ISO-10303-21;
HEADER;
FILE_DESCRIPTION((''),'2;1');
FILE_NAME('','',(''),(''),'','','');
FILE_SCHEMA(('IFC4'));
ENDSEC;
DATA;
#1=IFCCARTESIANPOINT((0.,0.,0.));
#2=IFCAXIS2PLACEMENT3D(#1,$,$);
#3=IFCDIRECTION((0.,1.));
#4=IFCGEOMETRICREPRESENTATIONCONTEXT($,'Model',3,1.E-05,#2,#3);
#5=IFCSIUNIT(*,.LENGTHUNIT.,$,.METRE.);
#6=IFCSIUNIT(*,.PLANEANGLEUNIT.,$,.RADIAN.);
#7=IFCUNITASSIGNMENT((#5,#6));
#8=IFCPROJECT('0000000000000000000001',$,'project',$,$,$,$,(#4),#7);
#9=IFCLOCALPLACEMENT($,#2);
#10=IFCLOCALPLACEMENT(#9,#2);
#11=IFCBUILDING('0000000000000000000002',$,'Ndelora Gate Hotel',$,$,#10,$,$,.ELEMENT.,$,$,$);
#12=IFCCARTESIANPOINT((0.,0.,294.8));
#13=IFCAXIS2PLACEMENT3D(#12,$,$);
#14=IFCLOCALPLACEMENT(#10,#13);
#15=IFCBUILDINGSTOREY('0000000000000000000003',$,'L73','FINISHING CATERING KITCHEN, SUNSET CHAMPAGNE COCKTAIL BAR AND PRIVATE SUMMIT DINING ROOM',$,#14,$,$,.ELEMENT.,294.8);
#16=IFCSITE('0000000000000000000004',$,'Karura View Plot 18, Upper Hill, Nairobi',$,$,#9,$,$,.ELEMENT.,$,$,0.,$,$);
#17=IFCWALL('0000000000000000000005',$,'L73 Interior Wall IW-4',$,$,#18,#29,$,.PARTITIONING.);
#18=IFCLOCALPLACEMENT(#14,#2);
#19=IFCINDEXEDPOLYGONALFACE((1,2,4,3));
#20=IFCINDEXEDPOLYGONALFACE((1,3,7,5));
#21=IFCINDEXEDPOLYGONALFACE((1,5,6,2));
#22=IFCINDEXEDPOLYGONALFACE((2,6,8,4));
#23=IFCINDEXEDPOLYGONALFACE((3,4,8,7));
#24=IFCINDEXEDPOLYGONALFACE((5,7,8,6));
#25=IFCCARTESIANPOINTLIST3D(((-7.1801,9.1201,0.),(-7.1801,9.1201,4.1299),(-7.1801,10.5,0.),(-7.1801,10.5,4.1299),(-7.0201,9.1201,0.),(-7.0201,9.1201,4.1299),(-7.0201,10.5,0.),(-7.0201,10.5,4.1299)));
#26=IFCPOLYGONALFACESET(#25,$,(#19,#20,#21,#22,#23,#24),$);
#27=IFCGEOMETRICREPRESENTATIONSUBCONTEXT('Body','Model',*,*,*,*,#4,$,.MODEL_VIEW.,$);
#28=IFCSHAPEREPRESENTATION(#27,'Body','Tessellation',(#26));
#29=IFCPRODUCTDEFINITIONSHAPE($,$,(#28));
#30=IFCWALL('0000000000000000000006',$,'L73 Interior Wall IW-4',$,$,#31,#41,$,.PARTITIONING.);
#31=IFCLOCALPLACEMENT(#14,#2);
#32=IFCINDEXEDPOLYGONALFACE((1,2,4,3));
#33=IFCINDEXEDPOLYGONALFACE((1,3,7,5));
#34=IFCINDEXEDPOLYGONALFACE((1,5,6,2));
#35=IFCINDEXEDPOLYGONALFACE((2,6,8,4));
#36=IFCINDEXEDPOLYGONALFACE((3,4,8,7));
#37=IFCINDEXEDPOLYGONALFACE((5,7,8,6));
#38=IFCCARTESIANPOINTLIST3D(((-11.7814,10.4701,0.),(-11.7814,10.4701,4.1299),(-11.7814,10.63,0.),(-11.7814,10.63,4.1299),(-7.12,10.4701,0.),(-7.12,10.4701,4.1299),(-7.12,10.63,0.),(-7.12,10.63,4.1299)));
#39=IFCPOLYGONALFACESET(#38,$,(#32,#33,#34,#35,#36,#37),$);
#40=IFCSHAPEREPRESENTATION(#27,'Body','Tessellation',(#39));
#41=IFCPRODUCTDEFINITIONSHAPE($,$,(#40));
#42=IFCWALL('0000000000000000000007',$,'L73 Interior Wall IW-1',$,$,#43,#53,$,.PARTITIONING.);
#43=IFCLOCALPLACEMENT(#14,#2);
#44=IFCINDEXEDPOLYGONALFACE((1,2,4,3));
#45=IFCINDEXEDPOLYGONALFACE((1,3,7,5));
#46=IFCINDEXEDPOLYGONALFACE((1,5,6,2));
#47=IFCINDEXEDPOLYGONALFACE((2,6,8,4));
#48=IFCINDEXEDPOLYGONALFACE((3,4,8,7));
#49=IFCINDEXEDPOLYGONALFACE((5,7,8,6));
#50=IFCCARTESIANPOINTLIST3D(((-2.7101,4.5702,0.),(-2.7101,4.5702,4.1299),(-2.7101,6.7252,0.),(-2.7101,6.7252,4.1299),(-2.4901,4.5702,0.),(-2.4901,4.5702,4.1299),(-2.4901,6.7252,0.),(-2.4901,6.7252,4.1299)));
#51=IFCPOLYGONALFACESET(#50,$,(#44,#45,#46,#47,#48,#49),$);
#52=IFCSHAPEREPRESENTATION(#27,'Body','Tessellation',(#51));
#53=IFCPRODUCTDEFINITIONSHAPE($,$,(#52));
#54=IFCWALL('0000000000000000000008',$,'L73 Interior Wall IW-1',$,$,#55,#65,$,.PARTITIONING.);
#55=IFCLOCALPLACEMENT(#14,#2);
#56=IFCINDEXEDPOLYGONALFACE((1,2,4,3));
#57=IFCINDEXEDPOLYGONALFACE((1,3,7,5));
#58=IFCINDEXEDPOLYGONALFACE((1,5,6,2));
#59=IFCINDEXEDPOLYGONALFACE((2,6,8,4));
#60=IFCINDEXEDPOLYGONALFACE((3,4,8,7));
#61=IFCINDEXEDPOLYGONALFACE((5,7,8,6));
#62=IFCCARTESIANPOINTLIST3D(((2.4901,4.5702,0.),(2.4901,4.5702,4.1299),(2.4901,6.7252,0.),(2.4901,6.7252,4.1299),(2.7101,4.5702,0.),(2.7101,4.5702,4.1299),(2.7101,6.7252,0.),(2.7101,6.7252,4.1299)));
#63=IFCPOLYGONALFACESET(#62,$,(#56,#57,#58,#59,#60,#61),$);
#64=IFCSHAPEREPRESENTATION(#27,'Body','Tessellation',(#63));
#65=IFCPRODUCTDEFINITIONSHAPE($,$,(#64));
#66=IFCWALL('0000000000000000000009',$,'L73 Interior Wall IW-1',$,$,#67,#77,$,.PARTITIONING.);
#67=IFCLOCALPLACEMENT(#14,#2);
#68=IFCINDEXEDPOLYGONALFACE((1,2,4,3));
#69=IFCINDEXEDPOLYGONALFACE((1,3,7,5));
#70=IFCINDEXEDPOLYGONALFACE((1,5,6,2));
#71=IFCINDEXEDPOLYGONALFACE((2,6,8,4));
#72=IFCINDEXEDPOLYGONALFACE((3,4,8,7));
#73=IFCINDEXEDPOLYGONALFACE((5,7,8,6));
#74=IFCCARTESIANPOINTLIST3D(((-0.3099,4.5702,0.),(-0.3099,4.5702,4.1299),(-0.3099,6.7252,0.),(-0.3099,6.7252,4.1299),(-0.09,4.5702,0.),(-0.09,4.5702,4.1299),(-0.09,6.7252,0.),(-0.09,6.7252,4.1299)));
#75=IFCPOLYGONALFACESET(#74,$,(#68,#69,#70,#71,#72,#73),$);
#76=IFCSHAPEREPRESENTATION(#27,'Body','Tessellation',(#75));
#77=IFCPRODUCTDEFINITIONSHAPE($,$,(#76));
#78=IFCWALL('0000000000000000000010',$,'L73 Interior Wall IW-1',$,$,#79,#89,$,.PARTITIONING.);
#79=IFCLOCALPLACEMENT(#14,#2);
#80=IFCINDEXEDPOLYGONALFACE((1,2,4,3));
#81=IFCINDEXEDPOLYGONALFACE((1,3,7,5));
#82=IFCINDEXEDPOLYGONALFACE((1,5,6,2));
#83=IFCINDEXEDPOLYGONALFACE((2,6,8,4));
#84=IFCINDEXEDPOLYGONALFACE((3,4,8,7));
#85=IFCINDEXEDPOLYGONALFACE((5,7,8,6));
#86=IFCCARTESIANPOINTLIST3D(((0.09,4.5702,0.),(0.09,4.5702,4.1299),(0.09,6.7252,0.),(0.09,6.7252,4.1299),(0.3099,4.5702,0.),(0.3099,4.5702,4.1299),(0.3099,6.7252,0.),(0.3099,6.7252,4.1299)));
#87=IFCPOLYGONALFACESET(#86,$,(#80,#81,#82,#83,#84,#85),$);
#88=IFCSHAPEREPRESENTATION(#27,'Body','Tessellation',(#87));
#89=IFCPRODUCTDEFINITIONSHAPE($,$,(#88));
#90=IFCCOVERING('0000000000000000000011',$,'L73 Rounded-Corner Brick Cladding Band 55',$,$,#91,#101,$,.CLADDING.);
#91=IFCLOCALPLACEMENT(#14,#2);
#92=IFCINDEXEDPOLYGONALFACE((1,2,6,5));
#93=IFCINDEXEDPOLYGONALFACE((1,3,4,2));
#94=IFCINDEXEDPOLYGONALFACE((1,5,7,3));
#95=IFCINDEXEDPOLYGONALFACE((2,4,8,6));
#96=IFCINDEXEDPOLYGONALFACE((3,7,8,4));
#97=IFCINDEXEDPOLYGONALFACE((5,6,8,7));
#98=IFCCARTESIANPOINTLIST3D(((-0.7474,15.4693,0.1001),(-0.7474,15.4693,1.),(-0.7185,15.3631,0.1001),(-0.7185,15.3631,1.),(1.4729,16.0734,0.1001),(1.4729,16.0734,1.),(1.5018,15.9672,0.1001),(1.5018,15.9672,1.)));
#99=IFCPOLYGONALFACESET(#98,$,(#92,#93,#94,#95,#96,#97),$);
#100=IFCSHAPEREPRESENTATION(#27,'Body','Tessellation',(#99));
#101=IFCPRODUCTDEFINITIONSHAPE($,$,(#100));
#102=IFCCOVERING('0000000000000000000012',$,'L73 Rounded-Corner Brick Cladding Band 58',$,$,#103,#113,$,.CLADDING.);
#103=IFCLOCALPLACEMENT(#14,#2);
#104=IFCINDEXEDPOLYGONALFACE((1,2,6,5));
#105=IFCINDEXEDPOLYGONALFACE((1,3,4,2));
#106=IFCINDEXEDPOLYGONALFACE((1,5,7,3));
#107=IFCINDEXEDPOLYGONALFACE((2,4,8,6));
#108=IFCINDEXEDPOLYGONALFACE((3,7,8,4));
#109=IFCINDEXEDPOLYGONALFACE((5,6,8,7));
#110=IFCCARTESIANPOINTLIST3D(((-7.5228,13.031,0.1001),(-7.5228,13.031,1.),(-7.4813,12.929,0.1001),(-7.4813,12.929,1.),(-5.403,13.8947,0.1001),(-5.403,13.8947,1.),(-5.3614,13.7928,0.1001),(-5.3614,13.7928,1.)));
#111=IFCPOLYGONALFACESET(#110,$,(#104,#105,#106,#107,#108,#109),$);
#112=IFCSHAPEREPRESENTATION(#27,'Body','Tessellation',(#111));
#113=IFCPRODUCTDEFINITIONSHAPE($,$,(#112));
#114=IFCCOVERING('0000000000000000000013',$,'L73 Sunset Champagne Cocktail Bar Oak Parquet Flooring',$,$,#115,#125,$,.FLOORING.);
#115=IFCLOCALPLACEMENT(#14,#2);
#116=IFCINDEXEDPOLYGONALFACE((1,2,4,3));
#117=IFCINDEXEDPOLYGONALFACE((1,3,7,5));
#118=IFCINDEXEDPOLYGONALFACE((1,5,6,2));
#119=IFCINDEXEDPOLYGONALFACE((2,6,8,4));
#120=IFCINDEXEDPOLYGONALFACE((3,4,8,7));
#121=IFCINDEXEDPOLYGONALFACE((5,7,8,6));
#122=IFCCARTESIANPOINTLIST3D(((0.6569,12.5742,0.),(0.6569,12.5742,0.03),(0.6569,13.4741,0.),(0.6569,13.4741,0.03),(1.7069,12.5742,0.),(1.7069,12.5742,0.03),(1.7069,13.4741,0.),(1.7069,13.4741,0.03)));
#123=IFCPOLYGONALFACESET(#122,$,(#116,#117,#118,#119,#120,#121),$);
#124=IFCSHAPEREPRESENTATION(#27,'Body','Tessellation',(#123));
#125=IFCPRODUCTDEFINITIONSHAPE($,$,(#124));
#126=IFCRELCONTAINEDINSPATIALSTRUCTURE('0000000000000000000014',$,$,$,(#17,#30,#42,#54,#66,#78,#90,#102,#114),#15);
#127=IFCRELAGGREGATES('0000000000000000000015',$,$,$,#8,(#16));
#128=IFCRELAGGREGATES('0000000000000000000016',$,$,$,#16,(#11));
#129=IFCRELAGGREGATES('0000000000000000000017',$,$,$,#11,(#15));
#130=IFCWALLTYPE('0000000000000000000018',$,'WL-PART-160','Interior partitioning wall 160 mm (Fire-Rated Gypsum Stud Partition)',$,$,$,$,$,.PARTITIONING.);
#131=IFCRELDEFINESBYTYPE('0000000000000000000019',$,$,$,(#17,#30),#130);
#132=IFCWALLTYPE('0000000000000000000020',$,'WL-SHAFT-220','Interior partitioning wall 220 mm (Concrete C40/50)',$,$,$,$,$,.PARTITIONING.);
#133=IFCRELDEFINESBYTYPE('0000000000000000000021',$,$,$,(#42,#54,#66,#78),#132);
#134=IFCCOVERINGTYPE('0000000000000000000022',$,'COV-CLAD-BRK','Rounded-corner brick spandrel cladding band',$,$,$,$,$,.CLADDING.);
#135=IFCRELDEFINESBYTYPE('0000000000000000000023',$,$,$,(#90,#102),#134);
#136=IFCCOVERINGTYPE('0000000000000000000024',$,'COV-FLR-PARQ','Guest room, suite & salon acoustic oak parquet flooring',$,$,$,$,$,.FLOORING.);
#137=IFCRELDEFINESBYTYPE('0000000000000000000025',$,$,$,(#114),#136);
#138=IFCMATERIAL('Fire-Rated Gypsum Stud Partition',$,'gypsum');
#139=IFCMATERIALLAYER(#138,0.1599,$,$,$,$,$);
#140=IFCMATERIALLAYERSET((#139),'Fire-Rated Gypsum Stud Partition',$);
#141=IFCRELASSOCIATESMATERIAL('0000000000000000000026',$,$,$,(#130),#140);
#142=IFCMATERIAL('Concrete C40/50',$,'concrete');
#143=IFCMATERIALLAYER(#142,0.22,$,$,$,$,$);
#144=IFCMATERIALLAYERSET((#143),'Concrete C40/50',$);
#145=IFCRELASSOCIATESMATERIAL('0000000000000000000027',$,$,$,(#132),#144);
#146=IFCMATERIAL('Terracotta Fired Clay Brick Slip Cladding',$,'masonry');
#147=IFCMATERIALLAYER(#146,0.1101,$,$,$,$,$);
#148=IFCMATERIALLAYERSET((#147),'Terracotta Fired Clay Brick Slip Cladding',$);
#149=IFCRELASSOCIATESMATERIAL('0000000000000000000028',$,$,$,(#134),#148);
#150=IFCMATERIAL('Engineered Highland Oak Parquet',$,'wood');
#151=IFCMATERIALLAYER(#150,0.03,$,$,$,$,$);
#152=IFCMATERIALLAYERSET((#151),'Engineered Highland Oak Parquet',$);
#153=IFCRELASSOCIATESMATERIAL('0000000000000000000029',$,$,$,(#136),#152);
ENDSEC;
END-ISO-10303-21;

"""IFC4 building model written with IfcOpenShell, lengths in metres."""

from ifc_helpers import new_model, si_unit, direction, frame, frame_2d, origin, origin_2d, place, context, subcontext, project, spatial, rectangle, extrude, material, layer, layer_set, type_object, element, save


model = new_model("IFC4")

# Units and contexts
model_context = context("Model", 3, precision=1e-05, world=origin(), true_north=direction((0.0, 1.0)))
body_context = subcontext(model_context, "Body", "Model", "MODEL_VIEW")
ifc_project = project(units=[si_unit("LENGTHUNIT", "METRE"), si_unit("PLANEANGLEUNIT", "RADIAN")], contexts=[model_context])

# Site, building, storey
site_placement = place(None, origin())
site = spatial("IfcSite", under=ifc_project, at=site_placement, Name="Karura View Plot 18, Upper Hill, Nairobi", CompositionType="ELEMENT", RefElevation=0.0)
building_placement = place(site_placement, origin())
building = spatial("IfcBuilding", under=site, at=building_placement, Name="Ndelora Gate Hotel", CompositionType="ELEMENT")
storey_placement = place(building_placement, frame((0.0, 0.0, 294.8)))
storey = spatial("IfcBuildingStorey", under=building, at=storey_placement, Name="L73", Description="FINISHING CATERING KITCHEN, SUNSET CHAMPAGNE COCKTAIL BAR AND PRIVATE SUMMIT DINING ROOM", CompositionType="ELEMENT", Elevation=294.8)

# Walls
ifc_material_1 = material(Name="Fire-Rated Gypsum Stud Partition", Category="gypsum")
ifc_layer_1 = layer(ifc_material_1, 0.1599)
ifc_layer_set_1 = layer_set([ifc_layer_1], Name="Fire-Rated Gypsum Stud Partition")
wall_type_1 = type_object("IfcWallType", Name="WL-PART-160", Description="Interior partitioning wall 160 mm (Fire-Rated Gypsum Stud Partition)", PredefinedType="PARTITIONING", material=ifc_layer_set_1)
wall_1_placement = place(storey_placement, frame((-7.1001, 9.1201, 0.0), z_axis=(0.0, 0.0, 1.0), x_axis=(0.0, 1.0, 0.0)))
element("IfcWall", 1, at=wall_1_placement, inside=storey, type_object=wall_type_1, Name="L73 Interior Wall IW-4", PredefinedType="PARTITIONING", context=body_context, shape_type="SweptSolid", body=[
    extrude(rectangle(XDim=1.3799, YDim=0.1599, at=frame_2d((0.6899, 0.0))), origin(), (0.0, 0.0, 1.0), 4.1299),
])
wall_2_placement = place(storey_placement, frame((-7.1201, 10.55, 0.0), z_axis=(0.0, 0.0, 1.0), x_axis=(-1.0, 0.0, 0.0)))
element("IfcWall", 2, at=wall_2_placement, inside=storey, type_object=wall_type_1, Name="L73 Interior Wall IW-4", PredefinedType="PARTITIONING", context=body_context, shape_type="SweptSolid", body=[
    extrude(rectangle(XDim=4.6614, YDim=0.1599, at=frame_2d((2.3306, 0.0))), origin(), (0.0, 0.0, 1.0), 4.1299),
])
ifc_material_2 = material(Name="Concrete C40/50", Category="concrete")
ifc_layer_2 = layer(ifc_material_2, 0.22)
ifc_layer_set_2 = layer_set([ifc_layer_2], Name="Concrete C40/50")
wall_type_2 = type_object("IfcWallType", Name="WL-SHAFT-220", Description="Interior partitioning wall 220 mm (Concrete C40/50)", PredefinedType="PARTITIONING", material=ifc_layer_set_2)
for number, where, z_axis, x_axis, name in (
    (3, (-2.6001, 4.5701, 0.0), (0.0, 0.0, 1.0), (0.0, 1.0, 0.0), "L73 Interior Wall IW-1"),
    (4, (2.6001, 4.5701, 0.0), (0.0, 0.0, 1.0), (0.0, 1.0, 0.0), "L73 Interior Wall IW-1"),
    (5, (-0.2, 4.5701, 0.0), (0.0, 0.0, 1.0), (0.0, 1.0, 0.0), "L73 Interior Wall IW-1"),
    (6, (0.2, 4.5701, 0.0), (0.0, 0.0, 1.0), (0.0, 1.0, 0.0), "L73 Interior Wall IW-1"),
):
    element("IfcWall", number, at=place(storey_placement, frame(where, z_axis=z_axis, x_axis=x_axis)), inside=storey, type_object=wall_type_2, Name=name, PredefinedType="PARTITIONING", context=body_context, shape_type="SweptSolid", body=[
        extrude(rectangle(XDim=2.155, YDim=0.22, at=frame_2d((1.0776, 0.0))), origin(), (0.0, 0.0, 1.0), 4.1299),
    ])

# Coverings
ifc_material_3 = material(Name="Terracotta Fired Clay Brick Slip Cladding", Category="masonry")
ifc_layer_3 = layer(ifc_material_3, 0.1101)
ifc_layer_set_3 = layer_set([ifc_layer_3], Name="Terracotta Fired Clay Brick Slip Cladding")
covering_type_1 = type_object("IfcCoveringType", Name="COV-CLAD-BRK", Description="Rounded-corner brick spandrel cladding band", PredefinedType="CLADDING", material=ifc_layer_set_3)
covering_1_placement = place(storey_placement, frame((0.3772, 15.7183, 0.1001), z_axis=(0.0, 0.0, 1.0), x_axis=(0.964925, 0.262526, 0.0)))
element("IfcCovering", 7, at=covering_1_placement, inside=storey, type_object=covering_type_1, Name="L73 Rounded-Corner Brick Cladding Band 55", PredefinedType="CLADDING", context=body_context, shape_type="SweptSolid", body=[
    extrude(rectangle(XDim=2.301, YDim=0.1101, at=origin_2d()), origin(), (0.0, 0.0, 1.0), 0.8999),
])
covering_2_placement = place(storey_placement, frame((-6.4421, 13.4119, 0.1001), z_axis=(0.0, 0.0, 1.0), x_axis=(0.926068, 0.377356, 0.0)))
element("IfcCovering", 8, at=covering_2_placement, inside=storey, type_object=covering_type_1, Name="L73 Rounded-Corner Brick Cladding Band 58", PredefinedType="CLADDING", context=body_context, shape_type="SweptSolid", body=[
    extrude(rectangle(XDim=2.2891, YDim=0.1101, at=origin_2d()), origin(), (0.0, 0.0, 1.0), 0.8999),
])
ifc_material_4 = material(Name="Engineered Highland Oak Parquet", Category="wood")
ifc_layer_4 = layer(ifc_material_4, 0.03)
ifc_layer_set_4 = layer_set([ifc_layer_4], Name="Engineered Highland Oak Parquet")
covering_type_2 = type_object("IfcCoveringType", Name="COV-FLR-PARQ", Description="Guest room, suite & salon acoustic oak parquet flooring", PredefinedType="FLOORING", material=ifc_layer_set_4)
covering_3_placement = place(storey_placement, frame((1.1819, 13.0242, 0.0), z_axis=(0.0, 0.0, 1.0), x_axis=(1.0, 0.0, 0.0)))
element("IfcCovering", 9, at=covering_3_placement, inside=storey, type_object=covering_type_2, Name="L73 Sunset Champagne Cocktail Bar Oak Parquet Flooring", PredefinedType="FLOORING", context=body_context, shape_type="SweptSolid", body=[
    extrude(rectangle(XDim=1.05, YDim=0.8999, at=origin_2d()), origin(), (0.0, 0.0, 1.0), 0.03),
])

save(model, "model.ifc")
